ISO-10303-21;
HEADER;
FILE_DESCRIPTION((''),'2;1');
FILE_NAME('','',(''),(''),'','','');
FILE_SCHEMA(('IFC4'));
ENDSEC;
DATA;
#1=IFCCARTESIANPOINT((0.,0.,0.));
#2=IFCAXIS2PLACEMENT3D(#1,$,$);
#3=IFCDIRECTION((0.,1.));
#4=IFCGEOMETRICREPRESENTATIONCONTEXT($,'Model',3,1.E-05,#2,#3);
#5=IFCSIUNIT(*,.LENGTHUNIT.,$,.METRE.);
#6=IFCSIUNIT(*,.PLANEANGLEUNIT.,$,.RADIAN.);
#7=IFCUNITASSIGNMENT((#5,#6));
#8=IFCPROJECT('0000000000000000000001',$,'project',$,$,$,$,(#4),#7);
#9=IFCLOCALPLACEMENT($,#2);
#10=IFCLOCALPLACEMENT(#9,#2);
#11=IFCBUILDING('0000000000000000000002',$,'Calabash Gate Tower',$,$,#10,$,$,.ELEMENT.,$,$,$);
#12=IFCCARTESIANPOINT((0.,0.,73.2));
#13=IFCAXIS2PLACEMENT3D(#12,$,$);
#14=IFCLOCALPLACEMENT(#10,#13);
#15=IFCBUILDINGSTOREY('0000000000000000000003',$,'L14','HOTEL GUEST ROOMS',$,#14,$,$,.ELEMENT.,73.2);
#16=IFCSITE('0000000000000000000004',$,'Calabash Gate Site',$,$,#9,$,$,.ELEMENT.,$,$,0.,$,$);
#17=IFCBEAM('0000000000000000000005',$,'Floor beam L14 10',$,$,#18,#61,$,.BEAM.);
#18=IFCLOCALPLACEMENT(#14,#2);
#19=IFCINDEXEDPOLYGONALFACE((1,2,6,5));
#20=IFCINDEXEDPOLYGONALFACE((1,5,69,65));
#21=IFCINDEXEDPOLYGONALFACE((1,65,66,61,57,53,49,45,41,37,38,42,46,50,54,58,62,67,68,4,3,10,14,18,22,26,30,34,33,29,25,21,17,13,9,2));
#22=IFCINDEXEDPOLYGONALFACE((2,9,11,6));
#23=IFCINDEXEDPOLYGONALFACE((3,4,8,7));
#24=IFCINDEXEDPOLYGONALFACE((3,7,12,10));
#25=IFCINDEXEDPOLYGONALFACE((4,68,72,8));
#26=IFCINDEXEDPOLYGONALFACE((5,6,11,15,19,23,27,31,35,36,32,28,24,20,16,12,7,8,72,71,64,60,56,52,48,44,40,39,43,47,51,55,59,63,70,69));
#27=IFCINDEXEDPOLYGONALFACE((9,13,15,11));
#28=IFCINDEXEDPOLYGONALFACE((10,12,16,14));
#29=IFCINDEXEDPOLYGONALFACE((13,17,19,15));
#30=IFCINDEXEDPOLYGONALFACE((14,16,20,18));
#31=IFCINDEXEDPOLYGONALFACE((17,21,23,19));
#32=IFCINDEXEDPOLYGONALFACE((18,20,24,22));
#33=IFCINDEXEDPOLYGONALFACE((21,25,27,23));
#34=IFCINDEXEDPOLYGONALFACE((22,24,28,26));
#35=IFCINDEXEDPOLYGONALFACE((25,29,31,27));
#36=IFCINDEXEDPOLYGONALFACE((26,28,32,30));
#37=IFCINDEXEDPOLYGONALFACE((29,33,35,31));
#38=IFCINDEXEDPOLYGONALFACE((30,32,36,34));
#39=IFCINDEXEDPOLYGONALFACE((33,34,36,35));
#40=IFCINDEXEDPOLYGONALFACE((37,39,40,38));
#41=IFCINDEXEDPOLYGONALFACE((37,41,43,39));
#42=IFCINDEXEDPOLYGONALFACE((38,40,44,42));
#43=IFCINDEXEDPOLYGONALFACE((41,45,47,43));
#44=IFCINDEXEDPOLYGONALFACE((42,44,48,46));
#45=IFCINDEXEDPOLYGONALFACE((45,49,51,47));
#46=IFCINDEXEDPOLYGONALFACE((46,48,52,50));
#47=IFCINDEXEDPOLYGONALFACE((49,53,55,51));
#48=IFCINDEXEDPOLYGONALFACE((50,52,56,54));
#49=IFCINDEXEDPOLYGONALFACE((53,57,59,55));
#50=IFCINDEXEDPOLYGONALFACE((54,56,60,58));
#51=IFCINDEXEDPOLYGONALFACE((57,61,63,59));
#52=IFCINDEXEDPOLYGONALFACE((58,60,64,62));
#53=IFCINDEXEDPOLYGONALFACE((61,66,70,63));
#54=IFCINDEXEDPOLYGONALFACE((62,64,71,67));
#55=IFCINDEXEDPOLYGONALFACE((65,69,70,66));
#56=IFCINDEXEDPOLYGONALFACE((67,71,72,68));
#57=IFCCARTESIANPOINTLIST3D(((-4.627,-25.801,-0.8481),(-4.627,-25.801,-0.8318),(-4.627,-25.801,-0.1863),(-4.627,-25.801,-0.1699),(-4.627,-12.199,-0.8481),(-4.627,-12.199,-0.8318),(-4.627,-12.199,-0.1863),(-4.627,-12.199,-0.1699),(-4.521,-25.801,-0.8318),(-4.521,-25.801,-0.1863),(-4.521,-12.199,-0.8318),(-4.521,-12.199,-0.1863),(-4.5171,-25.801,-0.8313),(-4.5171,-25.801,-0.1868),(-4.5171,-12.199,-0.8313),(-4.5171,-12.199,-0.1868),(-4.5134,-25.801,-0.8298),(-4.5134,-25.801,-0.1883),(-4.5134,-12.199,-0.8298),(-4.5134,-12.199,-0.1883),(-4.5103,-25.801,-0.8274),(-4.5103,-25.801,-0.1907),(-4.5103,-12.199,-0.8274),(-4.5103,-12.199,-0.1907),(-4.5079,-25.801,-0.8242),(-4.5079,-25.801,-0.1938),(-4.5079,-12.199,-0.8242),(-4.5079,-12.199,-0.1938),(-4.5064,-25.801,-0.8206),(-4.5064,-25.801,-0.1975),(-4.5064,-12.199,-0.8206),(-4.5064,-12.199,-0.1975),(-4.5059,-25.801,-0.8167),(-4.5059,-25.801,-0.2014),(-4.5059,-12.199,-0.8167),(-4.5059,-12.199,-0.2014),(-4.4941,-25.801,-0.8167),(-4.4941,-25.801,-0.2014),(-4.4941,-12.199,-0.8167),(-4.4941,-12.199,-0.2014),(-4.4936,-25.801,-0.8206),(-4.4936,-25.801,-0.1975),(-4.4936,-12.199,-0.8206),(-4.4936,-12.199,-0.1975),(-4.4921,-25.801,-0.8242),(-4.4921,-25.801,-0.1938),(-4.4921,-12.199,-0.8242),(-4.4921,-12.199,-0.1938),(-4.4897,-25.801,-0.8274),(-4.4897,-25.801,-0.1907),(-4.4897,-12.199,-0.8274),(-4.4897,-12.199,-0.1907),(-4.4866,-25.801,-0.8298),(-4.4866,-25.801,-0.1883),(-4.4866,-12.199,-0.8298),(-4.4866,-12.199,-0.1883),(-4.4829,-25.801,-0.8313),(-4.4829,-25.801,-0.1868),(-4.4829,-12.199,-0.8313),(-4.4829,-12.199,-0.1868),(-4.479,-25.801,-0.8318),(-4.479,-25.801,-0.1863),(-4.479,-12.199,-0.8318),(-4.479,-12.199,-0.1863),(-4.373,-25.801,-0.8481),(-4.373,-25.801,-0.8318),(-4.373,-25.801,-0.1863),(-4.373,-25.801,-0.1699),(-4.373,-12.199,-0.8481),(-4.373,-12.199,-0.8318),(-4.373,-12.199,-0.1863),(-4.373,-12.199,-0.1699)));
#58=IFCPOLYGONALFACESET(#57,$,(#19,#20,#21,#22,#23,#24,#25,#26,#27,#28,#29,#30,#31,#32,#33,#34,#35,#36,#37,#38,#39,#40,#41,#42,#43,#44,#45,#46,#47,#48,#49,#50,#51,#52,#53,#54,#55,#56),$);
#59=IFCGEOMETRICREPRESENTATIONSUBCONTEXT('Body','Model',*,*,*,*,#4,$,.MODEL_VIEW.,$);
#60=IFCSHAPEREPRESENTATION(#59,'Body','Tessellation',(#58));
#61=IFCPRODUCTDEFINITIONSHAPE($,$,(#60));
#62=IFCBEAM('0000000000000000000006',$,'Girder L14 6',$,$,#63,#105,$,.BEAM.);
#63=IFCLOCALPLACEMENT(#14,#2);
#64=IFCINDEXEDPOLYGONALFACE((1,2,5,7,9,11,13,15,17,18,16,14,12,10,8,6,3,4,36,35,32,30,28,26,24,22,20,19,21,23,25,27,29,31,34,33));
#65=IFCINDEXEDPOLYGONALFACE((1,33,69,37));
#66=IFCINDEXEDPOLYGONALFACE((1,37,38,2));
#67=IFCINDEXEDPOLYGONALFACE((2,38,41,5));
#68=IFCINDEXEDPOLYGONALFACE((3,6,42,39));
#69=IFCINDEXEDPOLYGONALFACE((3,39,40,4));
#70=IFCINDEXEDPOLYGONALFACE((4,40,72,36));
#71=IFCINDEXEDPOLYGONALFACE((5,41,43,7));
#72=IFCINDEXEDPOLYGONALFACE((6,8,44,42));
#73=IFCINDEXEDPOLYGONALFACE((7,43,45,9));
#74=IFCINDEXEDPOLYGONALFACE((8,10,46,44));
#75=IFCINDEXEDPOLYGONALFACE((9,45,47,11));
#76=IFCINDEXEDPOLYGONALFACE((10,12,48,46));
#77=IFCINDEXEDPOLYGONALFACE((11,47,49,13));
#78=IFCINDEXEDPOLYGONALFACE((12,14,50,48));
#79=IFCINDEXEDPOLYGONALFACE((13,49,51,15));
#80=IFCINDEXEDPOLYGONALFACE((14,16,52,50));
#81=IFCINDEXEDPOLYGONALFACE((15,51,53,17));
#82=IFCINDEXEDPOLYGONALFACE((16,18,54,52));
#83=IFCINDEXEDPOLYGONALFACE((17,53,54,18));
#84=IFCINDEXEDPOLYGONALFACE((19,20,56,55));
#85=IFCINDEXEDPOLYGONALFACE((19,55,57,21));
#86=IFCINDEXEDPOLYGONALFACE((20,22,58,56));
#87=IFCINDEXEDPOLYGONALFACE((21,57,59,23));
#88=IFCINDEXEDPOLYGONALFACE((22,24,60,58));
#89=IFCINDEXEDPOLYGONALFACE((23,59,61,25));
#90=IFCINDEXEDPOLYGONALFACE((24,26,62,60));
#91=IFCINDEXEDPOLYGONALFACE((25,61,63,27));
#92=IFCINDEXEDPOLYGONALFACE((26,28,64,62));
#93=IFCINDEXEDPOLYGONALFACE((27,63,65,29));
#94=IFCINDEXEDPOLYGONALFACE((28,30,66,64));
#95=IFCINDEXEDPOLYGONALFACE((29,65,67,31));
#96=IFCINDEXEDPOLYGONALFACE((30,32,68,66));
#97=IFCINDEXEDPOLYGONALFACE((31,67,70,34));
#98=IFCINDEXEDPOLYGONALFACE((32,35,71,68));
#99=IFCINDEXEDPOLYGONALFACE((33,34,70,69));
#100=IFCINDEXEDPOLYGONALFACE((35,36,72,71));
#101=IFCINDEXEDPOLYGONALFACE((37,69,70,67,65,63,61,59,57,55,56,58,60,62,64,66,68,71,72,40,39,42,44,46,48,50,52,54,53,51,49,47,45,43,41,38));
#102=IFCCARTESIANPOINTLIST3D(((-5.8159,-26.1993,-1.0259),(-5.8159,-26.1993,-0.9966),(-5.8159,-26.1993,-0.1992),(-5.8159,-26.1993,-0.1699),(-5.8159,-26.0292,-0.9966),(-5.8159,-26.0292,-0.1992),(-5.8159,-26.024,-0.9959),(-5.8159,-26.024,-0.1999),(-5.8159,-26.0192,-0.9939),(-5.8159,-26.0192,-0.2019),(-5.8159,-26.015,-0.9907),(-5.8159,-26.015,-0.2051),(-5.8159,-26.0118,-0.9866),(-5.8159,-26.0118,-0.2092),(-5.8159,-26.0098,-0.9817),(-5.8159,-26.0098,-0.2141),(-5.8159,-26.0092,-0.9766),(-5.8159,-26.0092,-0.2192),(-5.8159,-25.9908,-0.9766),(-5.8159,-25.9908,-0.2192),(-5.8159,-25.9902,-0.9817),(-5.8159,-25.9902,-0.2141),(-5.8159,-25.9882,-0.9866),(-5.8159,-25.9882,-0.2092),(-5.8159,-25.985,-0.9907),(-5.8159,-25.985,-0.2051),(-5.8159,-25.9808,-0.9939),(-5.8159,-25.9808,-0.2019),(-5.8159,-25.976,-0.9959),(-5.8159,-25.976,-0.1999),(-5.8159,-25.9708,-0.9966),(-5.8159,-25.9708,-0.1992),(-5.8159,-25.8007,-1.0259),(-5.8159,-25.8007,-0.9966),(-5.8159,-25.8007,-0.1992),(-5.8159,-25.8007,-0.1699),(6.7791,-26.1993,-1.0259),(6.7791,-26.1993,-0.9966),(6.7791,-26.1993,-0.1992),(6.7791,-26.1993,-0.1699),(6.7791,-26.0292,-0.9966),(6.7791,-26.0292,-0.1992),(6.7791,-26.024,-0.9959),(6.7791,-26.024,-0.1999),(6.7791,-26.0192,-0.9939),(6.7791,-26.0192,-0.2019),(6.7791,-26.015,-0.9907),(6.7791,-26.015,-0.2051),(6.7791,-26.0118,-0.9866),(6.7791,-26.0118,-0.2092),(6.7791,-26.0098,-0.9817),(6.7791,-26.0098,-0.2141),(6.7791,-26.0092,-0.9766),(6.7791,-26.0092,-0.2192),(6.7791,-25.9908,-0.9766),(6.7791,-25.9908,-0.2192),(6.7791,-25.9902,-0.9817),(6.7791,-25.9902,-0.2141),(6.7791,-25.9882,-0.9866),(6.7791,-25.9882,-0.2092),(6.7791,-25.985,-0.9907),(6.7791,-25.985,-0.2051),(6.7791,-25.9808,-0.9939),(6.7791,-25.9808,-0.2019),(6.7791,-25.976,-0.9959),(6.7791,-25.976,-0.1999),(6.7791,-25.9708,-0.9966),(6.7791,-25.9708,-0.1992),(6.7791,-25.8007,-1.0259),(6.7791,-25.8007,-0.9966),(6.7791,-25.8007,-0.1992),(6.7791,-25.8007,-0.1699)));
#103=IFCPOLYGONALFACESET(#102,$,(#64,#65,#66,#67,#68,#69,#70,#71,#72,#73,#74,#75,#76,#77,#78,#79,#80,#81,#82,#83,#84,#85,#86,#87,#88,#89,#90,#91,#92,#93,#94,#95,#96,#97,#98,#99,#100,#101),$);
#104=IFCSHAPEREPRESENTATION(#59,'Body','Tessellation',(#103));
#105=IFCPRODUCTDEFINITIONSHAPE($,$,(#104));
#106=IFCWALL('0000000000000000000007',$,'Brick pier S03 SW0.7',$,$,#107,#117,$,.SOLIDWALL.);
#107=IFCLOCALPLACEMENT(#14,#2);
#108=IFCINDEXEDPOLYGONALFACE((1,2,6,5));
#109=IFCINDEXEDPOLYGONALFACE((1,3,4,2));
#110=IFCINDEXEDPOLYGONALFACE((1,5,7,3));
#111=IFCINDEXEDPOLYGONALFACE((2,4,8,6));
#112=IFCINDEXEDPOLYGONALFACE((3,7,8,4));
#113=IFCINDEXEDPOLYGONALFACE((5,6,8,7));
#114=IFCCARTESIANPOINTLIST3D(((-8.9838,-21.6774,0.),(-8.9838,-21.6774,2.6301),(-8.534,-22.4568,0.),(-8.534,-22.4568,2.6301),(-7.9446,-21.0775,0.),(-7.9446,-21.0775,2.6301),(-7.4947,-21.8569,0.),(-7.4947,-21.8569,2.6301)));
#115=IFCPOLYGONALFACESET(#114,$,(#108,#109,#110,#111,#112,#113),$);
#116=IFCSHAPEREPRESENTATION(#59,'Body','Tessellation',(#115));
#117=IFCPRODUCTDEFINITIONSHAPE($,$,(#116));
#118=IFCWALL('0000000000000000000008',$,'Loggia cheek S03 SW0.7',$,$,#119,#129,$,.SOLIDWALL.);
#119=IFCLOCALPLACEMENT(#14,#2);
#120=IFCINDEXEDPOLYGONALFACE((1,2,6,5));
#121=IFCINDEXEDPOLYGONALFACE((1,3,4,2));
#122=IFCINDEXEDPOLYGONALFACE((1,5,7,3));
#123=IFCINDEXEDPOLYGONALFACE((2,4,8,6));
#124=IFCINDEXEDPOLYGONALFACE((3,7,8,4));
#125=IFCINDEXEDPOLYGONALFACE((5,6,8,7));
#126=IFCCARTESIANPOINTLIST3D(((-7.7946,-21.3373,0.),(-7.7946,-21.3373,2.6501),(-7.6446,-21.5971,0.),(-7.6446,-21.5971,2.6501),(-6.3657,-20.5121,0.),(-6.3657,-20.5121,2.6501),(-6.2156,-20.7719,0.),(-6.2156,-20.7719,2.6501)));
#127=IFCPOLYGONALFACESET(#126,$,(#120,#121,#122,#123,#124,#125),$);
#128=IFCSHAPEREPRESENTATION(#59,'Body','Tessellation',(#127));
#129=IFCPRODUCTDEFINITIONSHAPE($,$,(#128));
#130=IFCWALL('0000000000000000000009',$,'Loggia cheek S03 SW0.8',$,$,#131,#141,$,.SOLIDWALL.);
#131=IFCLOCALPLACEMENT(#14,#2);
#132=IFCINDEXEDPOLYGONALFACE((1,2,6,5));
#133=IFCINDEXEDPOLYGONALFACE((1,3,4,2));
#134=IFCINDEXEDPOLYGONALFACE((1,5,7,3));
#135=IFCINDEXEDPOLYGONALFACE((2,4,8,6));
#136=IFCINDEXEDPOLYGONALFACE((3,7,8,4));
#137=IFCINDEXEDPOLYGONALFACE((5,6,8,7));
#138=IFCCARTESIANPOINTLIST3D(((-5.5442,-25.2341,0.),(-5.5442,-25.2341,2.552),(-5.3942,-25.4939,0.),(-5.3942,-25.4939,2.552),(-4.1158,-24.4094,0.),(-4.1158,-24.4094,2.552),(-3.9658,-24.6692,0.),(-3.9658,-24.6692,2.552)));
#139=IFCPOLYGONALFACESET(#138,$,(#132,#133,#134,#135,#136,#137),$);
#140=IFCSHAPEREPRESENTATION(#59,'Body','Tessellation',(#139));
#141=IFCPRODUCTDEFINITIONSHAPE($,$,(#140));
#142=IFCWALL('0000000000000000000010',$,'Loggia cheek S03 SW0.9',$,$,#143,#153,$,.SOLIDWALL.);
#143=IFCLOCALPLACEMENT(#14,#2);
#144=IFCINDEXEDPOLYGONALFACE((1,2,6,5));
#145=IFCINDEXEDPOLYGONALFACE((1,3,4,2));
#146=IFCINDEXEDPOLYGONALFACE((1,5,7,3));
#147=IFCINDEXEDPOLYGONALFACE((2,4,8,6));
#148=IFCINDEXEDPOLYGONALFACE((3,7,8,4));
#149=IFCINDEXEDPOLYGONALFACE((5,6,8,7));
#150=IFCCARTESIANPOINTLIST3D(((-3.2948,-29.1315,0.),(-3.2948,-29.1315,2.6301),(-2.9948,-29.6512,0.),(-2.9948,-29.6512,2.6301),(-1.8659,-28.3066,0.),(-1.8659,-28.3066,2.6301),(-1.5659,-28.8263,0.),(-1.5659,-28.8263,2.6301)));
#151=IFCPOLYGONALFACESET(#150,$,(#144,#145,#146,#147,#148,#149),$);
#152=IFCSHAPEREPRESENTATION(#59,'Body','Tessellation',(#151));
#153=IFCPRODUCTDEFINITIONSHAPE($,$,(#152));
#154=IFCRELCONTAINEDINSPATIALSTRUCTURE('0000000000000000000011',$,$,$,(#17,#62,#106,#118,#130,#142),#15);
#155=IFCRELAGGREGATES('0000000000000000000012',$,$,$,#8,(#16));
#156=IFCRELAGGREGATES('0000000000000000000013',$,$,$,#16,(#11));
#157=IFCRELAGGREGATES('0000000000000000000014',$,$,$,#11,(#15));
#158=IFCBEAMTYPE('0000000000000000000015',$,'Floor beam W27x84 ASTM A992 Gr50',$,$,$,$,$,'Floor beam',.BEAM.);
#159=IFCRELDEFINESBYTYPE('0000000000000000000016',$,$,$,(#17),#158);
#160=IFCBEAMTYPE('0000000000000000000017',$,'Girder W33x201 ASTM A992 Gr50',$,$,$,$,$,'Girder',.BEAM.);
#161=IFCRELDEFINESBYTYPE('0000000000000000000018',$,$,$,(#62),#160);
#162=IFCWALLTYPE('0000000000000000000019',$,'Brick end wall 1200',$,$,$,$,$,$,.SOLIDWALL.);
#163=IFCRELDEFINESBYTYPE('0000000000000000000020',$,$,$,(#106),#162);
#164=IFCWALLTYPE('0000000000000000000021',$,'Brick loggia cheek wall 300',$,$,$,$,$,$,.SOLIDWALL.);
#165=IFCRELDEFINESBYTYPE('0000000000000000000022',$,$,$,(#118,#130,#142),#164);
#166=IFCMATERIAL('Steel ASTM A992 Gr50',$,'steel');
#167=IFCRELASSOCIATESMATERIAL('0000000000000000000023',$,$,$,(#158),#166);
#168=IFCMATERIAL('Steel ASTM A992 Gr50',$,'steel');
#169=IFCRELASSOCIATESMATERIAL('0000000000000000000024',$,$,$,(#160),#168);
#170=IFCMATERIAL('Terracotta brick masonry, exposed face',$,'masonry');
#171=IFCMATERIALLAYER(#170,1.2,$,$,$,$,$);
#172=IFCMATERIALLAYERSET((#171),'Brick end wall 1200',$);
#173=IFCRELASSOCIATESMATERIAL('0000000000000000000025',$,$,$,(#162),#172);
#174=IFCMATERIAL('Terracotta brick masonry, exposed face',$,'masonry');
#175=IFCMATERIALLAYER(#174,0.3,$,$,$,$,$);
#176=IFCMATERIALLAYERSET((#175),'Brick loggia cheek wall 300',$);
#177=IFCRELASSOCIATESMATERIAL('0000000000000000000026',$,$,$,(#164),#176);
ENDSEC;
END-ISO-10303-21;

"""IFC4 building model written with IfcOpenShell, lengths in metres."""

from ifc_helpers import new_model, si_unit, direction, frame, frame_2d, origin, origin_2d, place, context, subcontext, project, spatial, rectangle, i_section, extrude, material, layer, layer_set, material_profile, profile_set, type_object, element, save


model = new_model("IFC4")

# Units and contexts
model_context = context("Model", 3, precision=1e-05, world=origin(), true_north=direction((0.0, 1.0)))
body_context = subcontext(model_context, "Body", "Model", "MODEL_VIEW")
ifc_project = project(units=[si_unit("LENGTHUNIT", "METRE"), si_unit("PLANEANGLEUNIT", "RADIAN")], contexts=[model_context])

# Site, building, storey
site_placement = place(None, origin())
site = spatial("IfcSite", under=ifc_project, at=site_placement, Name="Calabash Gate Site", CompositionType="ELEMENT", RefElevation=0.0)
building_placement = place(site_placement, origin())
building = spatial("IfcBuilding", under=site, at=building_placement, Name="Calabash Gate Tower", CompositionType="ELEMENT")
storey_placement = place(building_placement, frame((0.0, 0.0, 73.2)))
storey = spatial("IfcBuildingStorey", under=building, at=storey_placement, Name="L14", Description="HOTEL GUEST ROOMS", CompositionType="ELEMENT", Elevation=73.2)

# Beams
ifc_material_1 = material(Name="Steel ASTM A992 Gr50", Category="steel")
ifc_material_profile_1 = material_profile(ifc_material_1, i_section(OverallWidth=0.2539, OverallDepth=0.6782, WebThickness=0.0117, FlangeThickness=0.0164, FilletRadius=0.0151, at=origin_2d()))
ifc_profile_set_1 = profile_set([ifc_material_profile_1], Name="Steel ASTM A992 Gr50")
beam_type_1 = type_object("IfcBeamType", Name="Floor beam W27x84 ASTM A992 Gr50", ElementType="Floor beam", PredefinedType="BEAM", material=ifc_profile_set_1)
beam_1_placement = place(storey_placement, frame((-4.5, -25.801, -0.509), z_axis=(0.0, 1.0, 0.0), x_axis=(-1.0, 0.0, 0.0)))
element("IfcBeam", 1, at=beam_1_placement, inside=storey, type_object=beam_type_1, Name="Floor beam L14 10", PredefinedType="BEAM", context=body_context, shape_type="SweptSolid", body=[
    extrude(i_section(OverallWidth=0.2539, OverallDepth=0.6782, WebThickness=0.0117, FlangeThickness=0.0164, FilletRadius=0.0151, at=origin_2d()), origin(), (0.0, 0.0, 1.0), 13.6021),
])
ifc_material_2 = material(Name="Steel ASTM A992 Gr50", Category="steel")
ifc_material_profile_2 = material_profile(ifc_material_2, i_section(OverallWidth=0.3987, OverallDepth=0.856, WebThickness=0.0183, FlangeThickness=0.0293, FilletRadius=0.02, at=origin_2d()))
ifc_profile_set_2 = profile_set([ifc_material_profile_2], Name="Steel ASTM A992 Gr50")
beam_type_2 = type_object("IfcBeamType", Name="Girder W33x201 ASTM A992 Gr50", ElementType="Girder", PredefinedType="BEAM", material=ifc_profile_set_2)
beam_2_placement = place(storey_placement, frame((-5.8159, -26.0, -0.5979), z_axis=(1.0, 0.0, 0.0), x_axis=(0.0, 1.0, 0.0)))
element("IfcBeam", 2, at=beam_2_placement, inside=storey, type_object=beam_type_2, Name="Girder L14 6", PredefinedType="BEAM", context=body_context, shape_type="SweptSolid", body=[
    extrude(i_section(OverallWidth=0.3987, OverallDepth=0.856, WebThickness=0.0183, FlangeThickness=0.0293, FilletRadius=0.02, at=origin_2d()), origin(), (0.0, 0.0, 1.0), 12.595),
])

# Walls
ifc_material_3 = material(Name="Terracotta brick masonry, exposed face", Category="masonry")
ifc_layer_1 = layer(ifc_material_3, 1.2)
ifc_layer_set_1 = layer_set([ifc_layer_1], Name="Brick end wall 1200")
wall_type_1 = type_object("IfcWallType", Name="Brick end wall 1200", PredefinedType="SOLIDWALL", material=ifc_layer_set_1)
wall_1_placement = place(storey_placement, frame((-8.759, -22.0671, 0.0), z_axis=(0.0, 0.0, 1.0), x_axis=(0.866094, 0.499881, 0.0)))
element("IfcWall", 3, at=wall_1_placement, inside=storey, type_object=wall_type_1, Name="Brick pier S03 SW0.7", PredefinedType="SOLIDWALL", context=body_context, shape_type="SweptSolid", body=[
    extrude(rectangle(XDim=1.2, YDim=0.8999, at=frame_2d((0.6001, 0.0))), origin(), (0.0, 0.0, 1.0), 2.6301),
])
ifc_material_4 = material(Name="Terracotta brick masonry, exposed face", Category="masonry")
ifc_layer_2 = layer(ifc_material_4, 0.3)
ifc_layer_set_2 = layer_set([ifc_layer_2], Name="Brick loggia cheek wall 300")
wall_type_2 = type_object("IfcWallType", Name="Brick loggia cheek wall 300", PredefinedType="SOLIDWALL", material=ifc_layer_set_2)
wall_2_placement = place(storey_placement, frame((-7.7197, -21.4673, 0.0), z_axis=(0.0, 0.0, 1.0), x_axis=(0.865976, 0.500085, 0.0)))
element("IfcWall", 4, at=wall_2_placement, inside=storey, type_object=wall_type_2, Name="Loggia cheek S03 SW0.7", PredefinedType="SOLIDWALL", context=body_context, shape_type="SweptSolid", body=[
    extrude(rectangle(XDim=1.6501, YDim=0.3, at=frame_2d((0.8252, 0.0))), origin(), (0.0, 0.0, 1.0), 2.6501),
])
wall_3_placement = place(storey_placement, frame((-5.4692, -25.364, 0.0), z_axis=(0.0, 0.0, 1.0), x_axis=(0.86603, 0.499992, 0.0)))
element("IfcWall", 5, at=wall_3_placement, inside=storey, type_object=wall_type_2, Name="Loggia cheek S03 SW0.8", PredefinedType="SOLIDWALL", context=body_context, shape_type="SweptSolid", body=[
    extrude(rectangle(XDim=1.6494, YDim=0.3, at=frame_2d((0.8247, 0.0))), origin(), (0.0, 0.0, 1.0), 2.552),
])
wall_4_placement = place(storey_placement, frame((-3.1448, -29.3914, 0.0), z_axis=(0.0, 0.0, 1.0), x_axis=(0.86604, 0.499974, 0.0)))
element("IfcWall", 6, at=wall_4_placement, inside=storey, type_object=wall_type_2, Name="Loggia cheek S03 SW0.9", PredefinedType="SOLIDWALL", context=body_context, shape_type="SweptSolid", body=[
    extrude(rectangle(XDim=1.6499, YDim=0.6001, at=frame_2d((0.825, 0.0))), origin(), (0.0, 0.0, 1.0), 2.6301),
])

save(model, "model.ifc")
